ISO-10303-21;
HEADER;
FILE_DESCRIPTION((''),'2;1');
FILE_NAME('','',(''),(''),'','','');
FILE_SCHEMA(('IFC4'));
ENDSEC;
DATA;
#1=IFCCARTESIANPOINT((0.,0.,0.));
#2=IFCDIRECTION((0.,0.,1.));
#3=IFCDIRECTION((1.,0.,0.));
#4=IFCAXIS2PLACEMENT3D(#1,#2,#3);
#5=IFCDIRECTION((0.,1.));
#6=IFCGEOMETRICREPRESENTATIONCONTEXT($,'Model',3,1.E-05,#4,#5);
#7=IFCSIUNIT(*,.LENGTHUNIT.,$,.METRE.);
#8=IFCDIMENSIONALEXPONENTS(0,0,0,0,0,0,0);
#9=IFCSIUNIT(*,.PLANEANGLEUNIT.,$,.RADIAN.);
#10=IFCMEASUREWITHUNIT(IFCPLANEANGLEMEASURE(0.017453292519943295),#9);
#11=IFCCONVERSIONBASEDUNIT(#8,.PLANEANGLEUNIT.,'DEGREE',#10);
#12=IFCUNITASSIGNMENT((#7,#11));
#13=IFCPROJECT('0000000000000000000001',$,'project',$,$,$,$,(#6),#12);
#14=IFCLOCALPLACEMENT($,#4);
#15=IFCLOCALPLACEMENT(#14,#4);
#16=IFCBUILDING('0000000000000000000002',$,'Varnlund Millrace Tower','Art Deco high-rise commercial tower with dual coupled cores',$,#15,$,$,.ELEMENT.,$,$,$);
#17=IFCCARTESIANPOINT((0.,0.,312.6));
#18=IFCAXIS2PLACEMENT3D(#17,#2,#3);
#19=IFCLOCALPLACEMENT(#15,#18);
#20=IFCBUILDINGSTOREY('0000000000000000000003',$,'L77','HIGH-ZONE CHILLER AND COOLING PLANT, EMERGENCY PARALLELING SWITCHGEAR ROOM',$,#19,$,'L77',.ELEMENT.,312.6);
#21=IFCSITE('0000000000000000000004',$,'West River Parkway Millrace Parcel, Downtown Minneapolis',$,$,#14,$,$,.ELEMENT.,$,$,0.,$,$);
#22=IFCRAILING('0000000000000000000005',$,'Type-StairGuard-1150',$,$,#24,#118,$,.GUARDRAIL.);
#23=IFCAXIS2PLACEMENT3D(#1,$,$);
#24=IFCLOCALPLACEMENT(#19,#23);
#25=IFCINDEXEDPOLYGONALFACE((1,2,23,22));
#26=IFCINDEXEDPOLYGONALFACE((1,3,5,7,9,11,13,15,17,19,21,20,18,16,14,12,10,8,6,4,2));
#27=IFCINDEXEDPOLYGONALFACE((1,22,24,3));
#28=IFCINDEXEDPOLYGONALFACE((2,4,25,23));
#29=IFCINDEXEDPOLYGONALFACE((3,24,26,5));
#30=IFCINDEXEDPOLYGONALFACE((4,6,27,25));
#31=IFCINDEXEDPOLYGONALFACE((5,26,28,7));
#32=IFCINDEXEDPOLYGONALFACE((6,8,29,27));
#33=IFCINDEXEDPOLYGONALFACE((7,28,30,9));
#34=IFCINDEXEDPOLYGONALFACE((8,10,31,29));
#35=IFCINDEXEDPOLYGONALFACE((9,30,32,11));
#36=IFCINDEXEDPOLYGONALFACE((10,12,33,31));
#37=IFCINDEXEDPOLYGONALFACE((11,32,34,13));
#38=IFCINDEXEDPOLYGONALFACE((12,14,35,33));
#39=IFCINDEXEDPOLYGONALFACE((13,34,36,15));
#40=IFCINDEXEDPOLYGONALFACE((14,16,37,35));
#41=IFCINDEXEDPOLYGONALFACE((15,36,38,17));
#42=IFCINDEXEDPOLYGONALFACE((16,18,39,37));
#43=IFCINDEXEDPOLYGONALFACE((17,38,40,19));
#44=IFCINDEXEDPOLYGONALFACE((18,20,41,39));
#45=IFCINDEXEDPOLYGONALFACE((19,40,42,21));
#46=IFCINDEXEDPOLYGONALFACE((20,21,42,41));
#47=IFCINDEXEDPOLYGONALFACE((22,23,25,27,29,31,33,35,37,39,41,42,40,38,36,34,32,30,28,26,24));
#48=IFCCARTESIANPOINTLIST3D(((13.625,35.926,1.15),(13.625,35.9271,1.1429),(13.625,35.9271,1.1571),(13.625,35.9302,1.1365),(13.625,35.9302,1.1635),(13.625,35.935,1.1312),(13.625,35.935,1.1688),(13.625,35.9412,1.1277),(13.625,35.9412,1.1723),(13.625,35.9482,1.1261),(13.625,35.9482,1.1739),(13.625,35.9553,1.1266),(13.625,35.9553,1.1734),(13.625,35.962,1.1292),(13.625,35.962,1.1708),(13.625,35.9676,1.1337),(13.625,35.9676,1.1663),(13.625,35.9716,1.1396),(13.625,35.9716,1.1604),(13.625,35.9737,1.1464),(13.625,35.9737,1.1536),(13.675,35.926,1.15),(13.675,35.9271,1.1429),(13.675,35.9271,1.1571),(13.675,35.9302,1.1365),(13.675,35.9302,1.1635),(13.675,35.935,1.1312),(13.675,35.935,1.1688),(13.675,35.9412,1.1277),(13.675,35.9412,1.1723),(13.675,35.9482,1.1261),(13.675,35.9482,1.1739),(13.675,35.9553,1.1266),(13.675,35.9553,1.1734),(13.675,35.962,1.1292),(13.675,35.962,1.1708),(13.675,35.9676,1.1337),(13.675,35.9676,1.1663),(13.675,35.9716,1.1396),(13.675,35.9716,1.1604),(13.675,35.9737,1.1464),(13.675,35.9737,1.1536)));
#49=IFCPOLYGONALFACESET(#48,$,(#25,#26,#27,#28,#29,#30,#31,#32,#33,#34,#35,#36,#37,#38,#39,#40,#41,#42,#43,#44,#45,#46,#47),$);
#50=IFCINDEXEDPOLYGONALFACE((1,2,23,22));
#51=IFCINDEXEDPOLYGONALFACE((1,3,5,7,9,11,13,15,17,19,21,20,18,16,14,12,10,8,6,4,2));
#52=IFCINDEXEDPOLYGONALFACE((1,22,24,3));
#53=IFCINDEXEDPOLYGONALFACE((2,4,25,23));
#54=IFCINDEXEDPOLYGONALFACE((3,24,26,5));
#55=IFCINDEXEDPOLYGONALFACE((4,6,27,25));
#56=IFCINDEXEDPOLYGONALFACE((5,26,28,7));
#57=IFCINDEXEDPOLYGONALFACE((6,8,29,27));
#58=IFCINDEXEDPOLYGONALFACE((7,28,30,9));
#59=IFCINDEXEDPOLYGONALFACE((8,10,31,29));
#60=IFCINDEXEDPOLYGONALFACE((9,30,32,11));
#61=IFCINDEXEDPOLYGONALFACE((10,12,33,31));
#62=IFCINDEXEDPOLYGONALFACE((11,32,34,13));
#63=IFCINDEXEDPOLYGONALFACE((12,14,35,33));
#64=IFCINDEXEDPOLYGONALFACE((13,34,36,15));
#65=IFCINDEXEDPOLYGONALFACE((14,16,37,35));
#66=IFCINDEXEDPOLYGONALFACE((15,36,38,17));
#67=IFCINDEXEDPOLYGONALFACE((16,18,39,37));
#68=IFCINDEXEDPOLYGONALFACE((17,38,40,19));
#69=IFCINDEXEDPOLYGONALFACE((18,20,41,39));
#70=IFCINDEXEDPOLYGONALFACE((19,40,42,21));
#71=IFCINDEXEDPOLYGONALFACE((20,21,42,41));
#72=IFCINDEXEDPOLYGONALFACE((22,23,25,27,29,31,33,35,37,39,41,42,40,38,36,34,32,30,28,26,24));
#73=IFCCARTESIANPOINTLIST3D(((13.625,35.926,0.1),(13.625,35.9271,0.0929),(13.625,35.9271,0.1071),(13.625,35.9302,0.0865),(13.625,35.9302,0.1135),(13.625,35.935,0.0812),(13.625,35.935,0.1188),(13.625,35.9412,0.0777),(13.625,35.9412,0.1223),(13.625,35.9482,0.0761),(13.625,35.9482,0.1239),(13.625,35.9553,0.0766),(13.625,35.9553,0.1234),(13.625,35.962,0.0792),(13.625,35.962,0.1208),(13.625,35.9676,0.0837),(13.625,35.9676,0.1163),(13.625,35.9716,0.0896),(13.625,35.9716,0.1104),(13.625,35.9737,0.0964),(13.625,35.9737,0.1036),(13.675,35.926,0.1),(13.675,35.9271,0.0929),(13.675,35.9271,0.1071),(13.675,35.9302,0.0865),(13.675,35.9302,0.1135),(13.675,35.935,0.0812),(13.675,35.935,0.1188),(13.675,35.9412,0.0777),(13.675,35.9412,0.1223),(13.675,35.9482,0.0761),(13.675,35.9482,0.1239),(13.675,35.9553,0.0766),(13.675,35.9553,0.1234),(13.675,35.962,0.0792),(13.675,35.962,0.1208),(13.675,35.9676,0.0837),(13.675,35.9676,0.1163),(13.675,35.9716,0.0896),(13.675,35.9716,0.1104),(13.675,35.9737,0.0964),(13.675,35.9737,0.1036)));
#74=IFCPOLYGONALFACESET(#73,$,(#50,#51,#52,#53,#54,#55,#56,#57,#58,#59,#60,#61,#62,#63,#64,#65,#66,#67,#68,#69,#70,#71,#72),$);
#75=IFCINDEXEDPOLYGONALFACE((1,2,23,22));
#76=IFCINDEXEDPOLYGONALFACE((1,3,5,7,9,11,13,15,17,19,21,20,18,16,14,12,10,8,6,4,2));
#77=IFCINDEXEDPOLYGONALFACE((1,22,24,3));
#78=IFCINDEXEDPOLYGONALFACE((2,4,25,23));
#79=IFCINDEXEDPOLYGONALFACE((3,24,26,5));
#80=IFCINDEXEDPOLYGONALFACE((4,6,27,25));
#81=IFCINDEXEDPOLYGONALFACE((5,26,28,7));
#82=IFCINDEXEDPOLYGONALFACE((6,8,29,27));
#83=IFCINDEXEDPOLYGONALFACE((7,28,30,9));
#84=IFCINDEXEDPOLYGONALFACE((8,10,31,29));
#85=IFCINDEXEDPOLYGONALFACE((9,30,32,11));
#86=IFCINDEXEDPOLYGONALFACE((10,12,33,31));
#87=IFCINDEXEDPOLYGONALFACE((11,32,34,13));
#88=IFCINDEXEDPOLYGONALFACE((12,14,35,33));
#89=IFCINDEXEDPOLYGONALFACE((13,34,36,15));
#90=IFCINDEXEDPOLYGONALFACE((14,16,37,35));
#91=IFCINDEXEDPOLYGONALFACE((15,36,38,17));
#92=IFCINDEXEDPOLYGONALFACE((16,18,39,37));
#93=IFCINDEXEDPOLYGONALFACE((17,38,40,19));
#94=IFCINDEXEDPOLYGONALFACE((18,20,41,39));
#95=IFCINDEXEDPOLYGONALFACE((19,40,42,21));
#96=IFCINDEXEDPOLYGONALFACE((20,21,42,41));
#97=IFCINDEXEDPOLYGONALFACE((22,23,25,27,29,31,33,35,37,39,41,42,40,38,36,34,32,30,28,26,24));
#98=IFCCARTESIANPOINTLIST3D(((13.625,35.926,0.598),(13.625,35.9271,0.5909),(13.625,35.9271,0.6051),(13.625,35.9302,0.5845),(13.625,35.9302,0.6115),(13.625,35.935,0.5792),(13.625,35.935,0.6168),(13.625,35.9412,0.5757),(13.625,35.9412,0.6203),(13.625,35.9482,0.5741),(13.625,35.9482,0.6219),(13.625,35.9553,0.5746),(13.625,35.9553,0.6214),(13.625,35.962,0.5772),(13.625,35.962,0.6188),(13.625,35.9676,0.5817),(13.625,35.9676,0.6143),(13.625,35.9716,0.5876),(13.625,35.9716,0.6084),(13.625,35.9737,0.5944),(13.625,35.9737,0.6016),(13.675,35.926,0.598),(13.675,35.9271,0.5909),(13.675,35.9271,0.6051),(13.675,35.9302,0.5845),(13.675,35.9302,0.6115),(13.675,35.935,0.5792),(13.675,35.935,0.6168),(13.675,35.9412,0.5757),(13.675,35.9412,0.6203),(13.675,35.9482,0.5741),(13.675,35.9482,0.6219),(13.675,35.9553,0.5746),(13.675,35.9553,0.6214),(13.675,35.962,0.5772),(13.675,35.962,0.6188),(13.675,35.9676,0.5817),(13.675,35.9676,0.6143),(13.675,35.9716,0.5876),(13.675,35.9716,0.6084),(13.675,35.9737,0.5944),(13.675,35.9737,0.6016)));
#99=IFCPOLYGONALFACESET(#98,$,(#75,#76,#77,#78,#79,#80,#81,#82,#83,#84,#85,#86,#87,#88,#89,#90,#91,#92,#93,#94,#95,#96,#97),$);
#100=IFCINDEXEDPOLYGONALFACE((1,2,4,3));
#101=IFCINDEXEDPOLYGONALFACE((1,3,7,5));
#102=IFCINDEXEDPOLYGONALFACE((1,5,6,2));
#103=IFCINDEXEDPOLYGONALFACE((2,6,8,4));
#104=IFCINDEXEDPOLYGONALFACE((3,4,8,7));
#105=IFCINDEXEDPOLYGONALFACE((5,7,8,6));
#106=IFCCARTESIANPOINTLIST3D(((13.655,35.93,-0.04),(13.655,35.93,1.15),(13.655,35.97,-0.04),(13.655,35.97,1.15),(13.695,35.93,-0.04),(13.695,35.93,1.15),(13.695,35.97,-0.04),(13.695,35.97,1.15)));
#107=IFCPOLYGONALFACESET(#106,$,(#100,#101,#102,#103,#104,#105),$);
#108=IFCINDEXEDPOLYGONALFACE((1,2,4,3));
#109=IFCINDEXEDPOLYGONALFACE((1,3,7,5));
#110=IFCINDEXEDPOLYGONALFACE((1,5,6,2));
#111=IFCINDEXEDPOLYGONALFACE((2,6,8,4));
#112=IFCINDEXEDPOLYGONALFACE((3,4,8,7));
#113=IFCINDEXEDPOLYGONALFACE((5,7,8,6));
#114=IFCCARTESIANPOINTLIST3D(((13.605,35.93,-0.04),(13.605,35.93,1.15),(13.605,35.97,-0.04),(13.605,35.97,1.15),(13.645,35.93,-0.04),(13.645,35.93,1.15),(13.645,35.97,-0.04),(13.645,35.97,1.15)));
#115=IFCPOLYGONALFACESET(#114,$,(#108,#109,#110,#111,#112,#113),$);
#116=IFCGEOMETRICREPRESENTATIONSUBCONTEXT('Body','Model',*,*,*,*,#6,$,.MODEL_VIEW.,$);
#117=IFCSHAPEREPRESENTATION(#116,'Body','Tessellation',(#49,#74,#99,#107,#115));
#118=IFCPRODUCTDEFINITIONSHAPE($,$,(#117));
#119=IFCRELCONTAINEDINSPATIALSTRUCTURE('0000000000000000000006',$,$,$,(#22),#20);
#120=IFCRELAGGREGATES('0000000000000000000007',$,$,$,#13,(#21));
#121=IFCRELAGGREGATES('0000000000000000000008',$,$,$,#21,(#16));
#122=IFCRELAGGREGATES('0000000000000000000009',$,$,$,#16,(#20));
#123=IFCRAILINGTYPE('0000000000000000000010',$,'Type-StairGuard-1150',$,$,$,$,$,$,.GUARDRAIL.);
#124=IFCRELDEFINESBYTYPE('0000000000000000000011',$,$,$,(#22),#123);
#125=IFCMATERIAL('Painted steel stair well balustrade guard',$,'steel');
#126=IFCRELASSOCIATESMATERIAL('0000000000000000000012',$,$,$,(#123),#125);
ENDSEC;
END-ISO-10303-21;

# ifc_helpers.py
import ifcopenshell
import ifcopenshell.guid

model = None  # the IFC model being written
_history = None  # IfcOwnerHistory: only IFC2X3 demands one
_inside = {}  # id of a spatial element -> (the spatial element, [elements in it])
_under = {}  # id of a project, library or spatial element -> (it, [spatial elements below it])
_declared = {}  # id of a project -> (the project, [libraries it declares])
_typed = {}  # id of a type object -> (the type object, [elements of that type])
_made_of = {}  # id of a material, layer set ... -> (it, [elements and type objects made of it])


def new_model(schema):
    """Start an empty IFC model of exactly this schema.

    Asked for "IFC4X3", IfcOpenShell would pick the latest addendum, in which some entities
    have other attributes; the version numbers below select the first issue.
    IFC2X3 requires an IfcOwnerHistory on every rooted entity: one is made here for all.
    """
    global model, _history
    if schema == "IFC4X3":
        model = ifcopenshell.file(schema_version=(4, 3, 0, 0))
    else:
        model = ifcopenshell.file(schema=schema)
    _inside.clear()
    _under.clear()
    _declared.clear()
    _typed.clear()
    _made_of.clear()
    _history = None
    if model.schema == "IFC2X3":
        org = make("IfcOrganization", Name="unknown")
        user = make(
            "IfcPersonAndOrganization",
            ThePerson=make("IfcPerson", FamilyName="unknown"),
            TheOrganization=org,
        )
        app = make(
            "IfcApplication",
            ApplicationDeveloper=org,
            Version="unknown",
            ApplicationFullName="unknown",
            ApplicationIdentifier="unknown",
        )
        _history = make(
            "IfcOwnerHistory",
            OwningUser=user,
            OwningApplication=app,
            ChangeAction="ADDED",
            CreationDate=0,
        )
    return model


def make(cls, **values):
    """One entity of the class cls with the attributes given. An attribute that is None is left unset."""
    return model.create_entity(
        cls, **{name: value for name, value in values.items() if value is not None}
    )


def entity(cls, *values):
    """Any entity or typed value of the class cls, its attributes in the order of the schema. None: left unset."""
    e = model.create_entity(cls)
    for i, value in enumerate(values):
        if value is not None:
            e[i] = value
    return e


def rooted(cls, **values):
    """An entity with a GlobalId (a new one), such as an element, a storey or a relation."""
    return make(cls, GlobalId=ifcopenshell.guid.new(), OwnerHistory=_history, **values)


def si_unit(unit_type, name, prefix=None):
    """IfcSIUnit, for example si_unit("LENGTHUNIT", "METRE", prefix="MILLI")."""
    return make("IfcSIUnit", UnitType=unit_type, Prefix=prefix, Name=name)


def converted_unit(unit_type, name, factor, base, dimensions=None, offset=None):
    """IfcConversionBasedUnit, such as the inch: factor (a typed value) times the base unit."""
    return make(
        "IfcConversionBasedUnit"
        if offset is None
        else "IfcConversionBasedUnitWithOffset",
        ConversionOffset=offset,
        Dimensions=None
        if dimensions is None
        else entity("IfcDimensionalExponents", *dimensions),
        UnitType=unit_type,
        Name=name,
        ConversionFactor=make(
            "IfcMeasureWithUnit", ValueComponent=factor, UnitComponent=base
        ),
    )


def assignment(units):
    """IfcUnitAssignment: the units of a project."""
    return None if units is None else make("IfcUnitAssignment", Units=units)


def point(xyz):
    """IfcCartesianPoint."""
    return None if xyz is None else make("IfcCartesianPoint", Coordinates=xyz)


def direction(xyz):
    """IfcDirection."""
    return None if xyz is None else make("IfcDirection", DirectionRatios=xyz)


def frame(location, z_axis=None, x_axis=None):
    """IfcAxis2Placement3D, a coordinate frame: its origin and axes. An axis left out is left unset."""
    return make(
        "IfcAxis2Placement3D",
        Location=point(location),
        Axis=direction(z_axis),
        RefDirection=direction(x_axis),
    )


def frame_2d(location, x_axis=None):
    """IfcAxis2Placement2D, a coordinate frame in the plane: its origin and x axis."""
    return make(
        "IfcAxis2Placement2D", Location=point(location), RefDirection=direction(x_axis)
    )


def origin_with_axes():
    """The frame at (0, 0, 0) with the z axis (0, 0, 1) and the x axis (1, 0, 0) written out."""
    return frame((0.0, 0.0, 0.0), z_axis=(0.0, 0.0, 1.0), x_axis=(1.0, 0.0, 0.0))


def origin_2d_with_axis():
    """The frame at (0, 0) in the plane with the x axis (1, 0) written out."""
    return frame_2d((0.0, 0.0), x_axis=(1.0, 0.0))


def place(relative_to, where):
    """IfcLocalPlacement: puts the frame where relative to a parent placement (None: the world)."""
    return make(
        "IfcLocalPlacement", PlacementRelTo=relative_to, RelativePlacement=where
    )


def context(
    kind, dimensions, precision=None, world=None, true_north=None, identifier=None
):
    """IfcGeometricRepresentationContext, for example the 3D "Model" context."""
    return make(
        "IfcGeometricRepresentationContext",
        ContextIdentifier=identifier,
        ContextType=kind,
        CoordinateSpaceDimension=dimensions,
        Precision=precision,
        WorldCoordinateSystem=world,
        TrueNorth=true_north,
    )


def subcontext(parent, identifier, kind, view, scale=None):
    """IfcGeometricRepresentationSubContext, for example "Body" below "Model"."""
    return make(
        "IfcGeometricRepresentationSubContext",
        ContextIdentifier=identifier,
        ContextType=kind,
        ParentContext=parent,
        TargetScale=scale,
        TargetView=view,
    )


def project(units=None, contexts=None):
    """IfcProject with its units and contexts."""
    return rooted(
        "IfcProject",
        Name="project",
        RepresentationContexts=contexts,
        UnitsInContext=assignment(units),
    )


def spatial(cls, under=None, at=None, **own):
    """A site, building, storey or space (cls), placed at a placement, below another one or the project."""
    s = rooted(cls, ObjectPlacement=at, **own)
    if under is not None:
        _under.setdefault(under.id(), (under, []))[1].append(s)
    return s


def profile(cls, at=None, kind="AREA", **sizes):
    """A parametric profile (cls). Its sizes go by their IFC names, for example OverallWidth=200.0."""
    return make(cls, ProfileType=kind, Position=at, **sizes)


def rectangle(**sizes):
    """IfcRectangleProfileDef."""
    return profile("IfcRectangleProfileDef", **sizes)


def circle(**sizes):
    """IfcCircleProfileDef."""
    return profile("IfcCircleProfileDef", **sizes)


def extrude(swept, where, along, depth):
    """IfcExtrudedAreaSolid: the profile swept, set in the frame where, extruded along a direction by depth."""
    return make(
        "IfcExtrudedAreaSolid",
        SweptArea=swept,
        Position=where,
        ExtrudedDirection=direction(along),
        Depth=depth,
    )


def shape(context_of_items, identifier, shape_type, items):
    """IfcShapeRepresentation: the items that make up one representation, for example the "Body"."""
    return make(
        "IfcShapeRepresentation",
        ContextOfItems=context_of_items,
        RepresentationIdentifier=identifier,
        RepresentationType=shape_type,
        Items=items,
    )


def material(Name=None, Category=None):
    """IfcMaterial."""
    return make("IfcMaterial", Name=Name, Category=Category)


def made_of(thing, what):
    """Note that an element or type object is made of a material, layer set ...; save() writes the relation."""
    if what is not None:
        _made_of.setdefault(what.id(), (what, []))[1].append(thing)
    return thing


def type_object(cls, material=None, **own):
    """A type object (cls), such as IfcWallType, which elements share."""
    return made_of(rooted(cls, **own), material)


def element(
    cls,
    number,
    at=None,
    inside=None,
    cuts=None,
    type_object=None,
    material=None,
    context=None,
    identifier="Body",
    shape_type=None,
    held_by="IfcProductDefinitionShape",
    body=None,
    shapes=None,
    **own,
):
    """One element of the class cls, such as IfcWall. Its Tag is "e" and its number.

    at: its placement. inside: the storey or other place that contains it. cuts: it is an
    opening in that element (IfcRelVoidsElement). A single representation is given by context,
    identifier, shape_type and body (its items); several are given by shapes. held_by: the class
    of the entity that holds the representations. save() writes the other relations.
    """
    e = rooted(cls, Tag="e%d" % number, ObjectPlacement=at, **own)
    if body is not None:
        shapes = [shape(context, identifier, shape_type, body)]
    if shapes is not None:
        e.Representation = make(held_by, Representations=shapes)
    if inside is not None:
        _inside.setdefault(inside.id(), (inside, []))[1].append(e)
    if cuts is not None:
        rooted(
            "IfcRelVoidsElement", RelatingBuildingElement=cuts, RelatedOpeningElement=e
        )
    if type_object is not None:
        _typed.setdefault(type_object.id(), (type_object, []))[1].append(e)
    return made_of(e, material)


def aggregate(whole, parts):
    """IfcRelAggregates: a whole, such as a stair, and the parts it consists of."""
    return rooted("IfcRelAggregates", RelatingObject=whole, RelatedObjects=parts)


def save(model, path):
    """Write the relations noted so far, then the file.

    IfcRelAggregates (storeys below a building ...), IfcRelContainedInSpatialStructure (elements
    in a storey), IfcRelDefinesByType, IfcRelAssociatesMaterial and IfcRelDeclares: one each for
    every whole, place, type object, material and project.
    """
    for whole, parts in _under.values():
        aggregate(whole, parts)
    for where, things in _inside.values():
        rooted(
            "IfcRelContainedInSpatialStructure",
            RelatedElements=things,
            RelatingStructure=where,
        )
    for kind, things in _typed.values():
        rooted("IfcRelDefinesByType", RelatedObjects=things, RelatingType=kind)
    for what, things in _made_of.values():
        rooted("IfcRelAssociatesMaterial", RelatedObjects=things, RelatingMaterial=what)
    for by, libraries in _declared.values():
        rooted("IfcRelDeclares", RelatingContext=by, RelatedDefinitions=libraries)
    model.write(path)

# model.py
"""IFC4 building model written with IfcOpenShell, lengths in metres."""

from ifc_helpers import new_model, entity, si_unit, converted_unit, direction, frame, origin_with_axes, origin_2d_with_axis, place, context, subcontext, project, spatial, rectangle, circle, extrude, material, type_object, element, save


model = new_model("IFC4")

# Units and contexts
model_context = context("Model", 3, precision=1e-05, world=origin_with_axes(), true_north=direction((0.0, 1.0)))
body_context = subcontext(model_context, "Body", "Model", "MODEL_VIEW")
ifc_project = project(units=[si_unit("LENGTHUNIT", "METRE"), converted_unit("PLANEANGLEUNIT", "DEGREE", entity("IfcPlaneAngleMeasure", 0.017453292519943295), si_unit("PLANEANGLEUNIT", "RADIAN"), dimensions=[0, 0, 0, 0, 0, 0, 0])], contexts=[model_context])

# Site, building, storey
site_placement = place(None, origin_with_axes())
site = spatial("IfcSite", under=ifc_project, at=site_placement, Name="West River Parkway Millrace Parcel, Downtown Minneapolis", CompositionType="ELEMENT", RefElevation=0.0)
building_placement = place(site_placement, origin_with_axes())
building = spatial("IfcBuilding", under=site, at=building_placement, Name="Varnlund Millrace Tower", Description="Art Deco high-rise commercial tower with dual coupled cores", CompositionType="ELEMENT")
storey_placement = place(building_placement, frame((0.0, 0.0, 312.6), z_axis=(0.0, 0.0, 1.0), x_axis=(1.0, 0.0, 0.0)))
storey = spatial("IfcBuildingStorey", under=building, at=storey_placement, Name="L77", Description="HIGH-ZONE CHILLER AND COOLING PLANT, EMERGENCY PARALLELING SWITCHGEAR ROOM", LongName="L77", CompositionType="ELEMENT", Elevation=312.6)

# Railing
ifc_material_1 = material(Name="Painted steel stair well balustrade guard", Category="steel")
railing_type_1 = type_object("IfcRailingType", Name="Type-StairGuard-1150", PredefinedType="GUARDRAIL", material=ifc_material_1)
railing_1_placement = place(storey_placement, frame((0.0, 0.0, -312.6), z_axis=(0.0, 0.0, 1.0), x_axis=(1.0, 0.0, 0.0)))
element("IfcRailing", 1, at=railing_1_placement, inside=storey, type_object=railing_type_1, Name="Type-StairGuard-1150", PredefinedType="GUARDRAIL", context=body_context, shape_type="SweptSolid", body=[
    extrude(circle(Radius=0.024, at=origin_2d_with_axis()), frame((13.675, 35.95, 313.75), z_axis=(-1.0, 0.0, 0.0), x_axis=(0.0, -1.0, 0.0)), (0.0, 0.0, 1.0), 0.05),
    extrude(circle(Radius=0.024, at=origin_2d_with_axis()), frame((13.675, 35.95, 312.7), z_axis=(-1.0, 0.0, 0.0), x_axis=(0.0, -1.0, 0.0)), (0.0, 0.0, 1.0), 0.05),
    extrude(circle(Radius=0.024, at=origin_2d_with_axis()), frame((13.675, 35.95, 313.198), z_axis=(-1.0, 0.0, 0.0), x_axis=(0.0, -1.0, 0.0)), (0.0, 0.0, 1.0), 0.05),
    extrude(rectangle(XDim=0.04, YDim=0.04, at=origin_2d_with_axis()), frame((13.675, 35.95, 312.56), z_axis=(0.0, 0.0, 1.0), x_axis=(1.0, 0.0, 0.0)), (0.0, 0.0, 1.0), 1.19),
    extrude(rectangle(XDim=0.04, YDim=0.04, at=origin_2d_with_axis()), frame((13.625, 35.95, 312.56), z_axis=(0.0, 0.0, 1.0), x_axis=(1.0, 0.0, 0.0)), (0.0, 0.0, 1.0), 1.19),
])

save(model, "model.ifc")
